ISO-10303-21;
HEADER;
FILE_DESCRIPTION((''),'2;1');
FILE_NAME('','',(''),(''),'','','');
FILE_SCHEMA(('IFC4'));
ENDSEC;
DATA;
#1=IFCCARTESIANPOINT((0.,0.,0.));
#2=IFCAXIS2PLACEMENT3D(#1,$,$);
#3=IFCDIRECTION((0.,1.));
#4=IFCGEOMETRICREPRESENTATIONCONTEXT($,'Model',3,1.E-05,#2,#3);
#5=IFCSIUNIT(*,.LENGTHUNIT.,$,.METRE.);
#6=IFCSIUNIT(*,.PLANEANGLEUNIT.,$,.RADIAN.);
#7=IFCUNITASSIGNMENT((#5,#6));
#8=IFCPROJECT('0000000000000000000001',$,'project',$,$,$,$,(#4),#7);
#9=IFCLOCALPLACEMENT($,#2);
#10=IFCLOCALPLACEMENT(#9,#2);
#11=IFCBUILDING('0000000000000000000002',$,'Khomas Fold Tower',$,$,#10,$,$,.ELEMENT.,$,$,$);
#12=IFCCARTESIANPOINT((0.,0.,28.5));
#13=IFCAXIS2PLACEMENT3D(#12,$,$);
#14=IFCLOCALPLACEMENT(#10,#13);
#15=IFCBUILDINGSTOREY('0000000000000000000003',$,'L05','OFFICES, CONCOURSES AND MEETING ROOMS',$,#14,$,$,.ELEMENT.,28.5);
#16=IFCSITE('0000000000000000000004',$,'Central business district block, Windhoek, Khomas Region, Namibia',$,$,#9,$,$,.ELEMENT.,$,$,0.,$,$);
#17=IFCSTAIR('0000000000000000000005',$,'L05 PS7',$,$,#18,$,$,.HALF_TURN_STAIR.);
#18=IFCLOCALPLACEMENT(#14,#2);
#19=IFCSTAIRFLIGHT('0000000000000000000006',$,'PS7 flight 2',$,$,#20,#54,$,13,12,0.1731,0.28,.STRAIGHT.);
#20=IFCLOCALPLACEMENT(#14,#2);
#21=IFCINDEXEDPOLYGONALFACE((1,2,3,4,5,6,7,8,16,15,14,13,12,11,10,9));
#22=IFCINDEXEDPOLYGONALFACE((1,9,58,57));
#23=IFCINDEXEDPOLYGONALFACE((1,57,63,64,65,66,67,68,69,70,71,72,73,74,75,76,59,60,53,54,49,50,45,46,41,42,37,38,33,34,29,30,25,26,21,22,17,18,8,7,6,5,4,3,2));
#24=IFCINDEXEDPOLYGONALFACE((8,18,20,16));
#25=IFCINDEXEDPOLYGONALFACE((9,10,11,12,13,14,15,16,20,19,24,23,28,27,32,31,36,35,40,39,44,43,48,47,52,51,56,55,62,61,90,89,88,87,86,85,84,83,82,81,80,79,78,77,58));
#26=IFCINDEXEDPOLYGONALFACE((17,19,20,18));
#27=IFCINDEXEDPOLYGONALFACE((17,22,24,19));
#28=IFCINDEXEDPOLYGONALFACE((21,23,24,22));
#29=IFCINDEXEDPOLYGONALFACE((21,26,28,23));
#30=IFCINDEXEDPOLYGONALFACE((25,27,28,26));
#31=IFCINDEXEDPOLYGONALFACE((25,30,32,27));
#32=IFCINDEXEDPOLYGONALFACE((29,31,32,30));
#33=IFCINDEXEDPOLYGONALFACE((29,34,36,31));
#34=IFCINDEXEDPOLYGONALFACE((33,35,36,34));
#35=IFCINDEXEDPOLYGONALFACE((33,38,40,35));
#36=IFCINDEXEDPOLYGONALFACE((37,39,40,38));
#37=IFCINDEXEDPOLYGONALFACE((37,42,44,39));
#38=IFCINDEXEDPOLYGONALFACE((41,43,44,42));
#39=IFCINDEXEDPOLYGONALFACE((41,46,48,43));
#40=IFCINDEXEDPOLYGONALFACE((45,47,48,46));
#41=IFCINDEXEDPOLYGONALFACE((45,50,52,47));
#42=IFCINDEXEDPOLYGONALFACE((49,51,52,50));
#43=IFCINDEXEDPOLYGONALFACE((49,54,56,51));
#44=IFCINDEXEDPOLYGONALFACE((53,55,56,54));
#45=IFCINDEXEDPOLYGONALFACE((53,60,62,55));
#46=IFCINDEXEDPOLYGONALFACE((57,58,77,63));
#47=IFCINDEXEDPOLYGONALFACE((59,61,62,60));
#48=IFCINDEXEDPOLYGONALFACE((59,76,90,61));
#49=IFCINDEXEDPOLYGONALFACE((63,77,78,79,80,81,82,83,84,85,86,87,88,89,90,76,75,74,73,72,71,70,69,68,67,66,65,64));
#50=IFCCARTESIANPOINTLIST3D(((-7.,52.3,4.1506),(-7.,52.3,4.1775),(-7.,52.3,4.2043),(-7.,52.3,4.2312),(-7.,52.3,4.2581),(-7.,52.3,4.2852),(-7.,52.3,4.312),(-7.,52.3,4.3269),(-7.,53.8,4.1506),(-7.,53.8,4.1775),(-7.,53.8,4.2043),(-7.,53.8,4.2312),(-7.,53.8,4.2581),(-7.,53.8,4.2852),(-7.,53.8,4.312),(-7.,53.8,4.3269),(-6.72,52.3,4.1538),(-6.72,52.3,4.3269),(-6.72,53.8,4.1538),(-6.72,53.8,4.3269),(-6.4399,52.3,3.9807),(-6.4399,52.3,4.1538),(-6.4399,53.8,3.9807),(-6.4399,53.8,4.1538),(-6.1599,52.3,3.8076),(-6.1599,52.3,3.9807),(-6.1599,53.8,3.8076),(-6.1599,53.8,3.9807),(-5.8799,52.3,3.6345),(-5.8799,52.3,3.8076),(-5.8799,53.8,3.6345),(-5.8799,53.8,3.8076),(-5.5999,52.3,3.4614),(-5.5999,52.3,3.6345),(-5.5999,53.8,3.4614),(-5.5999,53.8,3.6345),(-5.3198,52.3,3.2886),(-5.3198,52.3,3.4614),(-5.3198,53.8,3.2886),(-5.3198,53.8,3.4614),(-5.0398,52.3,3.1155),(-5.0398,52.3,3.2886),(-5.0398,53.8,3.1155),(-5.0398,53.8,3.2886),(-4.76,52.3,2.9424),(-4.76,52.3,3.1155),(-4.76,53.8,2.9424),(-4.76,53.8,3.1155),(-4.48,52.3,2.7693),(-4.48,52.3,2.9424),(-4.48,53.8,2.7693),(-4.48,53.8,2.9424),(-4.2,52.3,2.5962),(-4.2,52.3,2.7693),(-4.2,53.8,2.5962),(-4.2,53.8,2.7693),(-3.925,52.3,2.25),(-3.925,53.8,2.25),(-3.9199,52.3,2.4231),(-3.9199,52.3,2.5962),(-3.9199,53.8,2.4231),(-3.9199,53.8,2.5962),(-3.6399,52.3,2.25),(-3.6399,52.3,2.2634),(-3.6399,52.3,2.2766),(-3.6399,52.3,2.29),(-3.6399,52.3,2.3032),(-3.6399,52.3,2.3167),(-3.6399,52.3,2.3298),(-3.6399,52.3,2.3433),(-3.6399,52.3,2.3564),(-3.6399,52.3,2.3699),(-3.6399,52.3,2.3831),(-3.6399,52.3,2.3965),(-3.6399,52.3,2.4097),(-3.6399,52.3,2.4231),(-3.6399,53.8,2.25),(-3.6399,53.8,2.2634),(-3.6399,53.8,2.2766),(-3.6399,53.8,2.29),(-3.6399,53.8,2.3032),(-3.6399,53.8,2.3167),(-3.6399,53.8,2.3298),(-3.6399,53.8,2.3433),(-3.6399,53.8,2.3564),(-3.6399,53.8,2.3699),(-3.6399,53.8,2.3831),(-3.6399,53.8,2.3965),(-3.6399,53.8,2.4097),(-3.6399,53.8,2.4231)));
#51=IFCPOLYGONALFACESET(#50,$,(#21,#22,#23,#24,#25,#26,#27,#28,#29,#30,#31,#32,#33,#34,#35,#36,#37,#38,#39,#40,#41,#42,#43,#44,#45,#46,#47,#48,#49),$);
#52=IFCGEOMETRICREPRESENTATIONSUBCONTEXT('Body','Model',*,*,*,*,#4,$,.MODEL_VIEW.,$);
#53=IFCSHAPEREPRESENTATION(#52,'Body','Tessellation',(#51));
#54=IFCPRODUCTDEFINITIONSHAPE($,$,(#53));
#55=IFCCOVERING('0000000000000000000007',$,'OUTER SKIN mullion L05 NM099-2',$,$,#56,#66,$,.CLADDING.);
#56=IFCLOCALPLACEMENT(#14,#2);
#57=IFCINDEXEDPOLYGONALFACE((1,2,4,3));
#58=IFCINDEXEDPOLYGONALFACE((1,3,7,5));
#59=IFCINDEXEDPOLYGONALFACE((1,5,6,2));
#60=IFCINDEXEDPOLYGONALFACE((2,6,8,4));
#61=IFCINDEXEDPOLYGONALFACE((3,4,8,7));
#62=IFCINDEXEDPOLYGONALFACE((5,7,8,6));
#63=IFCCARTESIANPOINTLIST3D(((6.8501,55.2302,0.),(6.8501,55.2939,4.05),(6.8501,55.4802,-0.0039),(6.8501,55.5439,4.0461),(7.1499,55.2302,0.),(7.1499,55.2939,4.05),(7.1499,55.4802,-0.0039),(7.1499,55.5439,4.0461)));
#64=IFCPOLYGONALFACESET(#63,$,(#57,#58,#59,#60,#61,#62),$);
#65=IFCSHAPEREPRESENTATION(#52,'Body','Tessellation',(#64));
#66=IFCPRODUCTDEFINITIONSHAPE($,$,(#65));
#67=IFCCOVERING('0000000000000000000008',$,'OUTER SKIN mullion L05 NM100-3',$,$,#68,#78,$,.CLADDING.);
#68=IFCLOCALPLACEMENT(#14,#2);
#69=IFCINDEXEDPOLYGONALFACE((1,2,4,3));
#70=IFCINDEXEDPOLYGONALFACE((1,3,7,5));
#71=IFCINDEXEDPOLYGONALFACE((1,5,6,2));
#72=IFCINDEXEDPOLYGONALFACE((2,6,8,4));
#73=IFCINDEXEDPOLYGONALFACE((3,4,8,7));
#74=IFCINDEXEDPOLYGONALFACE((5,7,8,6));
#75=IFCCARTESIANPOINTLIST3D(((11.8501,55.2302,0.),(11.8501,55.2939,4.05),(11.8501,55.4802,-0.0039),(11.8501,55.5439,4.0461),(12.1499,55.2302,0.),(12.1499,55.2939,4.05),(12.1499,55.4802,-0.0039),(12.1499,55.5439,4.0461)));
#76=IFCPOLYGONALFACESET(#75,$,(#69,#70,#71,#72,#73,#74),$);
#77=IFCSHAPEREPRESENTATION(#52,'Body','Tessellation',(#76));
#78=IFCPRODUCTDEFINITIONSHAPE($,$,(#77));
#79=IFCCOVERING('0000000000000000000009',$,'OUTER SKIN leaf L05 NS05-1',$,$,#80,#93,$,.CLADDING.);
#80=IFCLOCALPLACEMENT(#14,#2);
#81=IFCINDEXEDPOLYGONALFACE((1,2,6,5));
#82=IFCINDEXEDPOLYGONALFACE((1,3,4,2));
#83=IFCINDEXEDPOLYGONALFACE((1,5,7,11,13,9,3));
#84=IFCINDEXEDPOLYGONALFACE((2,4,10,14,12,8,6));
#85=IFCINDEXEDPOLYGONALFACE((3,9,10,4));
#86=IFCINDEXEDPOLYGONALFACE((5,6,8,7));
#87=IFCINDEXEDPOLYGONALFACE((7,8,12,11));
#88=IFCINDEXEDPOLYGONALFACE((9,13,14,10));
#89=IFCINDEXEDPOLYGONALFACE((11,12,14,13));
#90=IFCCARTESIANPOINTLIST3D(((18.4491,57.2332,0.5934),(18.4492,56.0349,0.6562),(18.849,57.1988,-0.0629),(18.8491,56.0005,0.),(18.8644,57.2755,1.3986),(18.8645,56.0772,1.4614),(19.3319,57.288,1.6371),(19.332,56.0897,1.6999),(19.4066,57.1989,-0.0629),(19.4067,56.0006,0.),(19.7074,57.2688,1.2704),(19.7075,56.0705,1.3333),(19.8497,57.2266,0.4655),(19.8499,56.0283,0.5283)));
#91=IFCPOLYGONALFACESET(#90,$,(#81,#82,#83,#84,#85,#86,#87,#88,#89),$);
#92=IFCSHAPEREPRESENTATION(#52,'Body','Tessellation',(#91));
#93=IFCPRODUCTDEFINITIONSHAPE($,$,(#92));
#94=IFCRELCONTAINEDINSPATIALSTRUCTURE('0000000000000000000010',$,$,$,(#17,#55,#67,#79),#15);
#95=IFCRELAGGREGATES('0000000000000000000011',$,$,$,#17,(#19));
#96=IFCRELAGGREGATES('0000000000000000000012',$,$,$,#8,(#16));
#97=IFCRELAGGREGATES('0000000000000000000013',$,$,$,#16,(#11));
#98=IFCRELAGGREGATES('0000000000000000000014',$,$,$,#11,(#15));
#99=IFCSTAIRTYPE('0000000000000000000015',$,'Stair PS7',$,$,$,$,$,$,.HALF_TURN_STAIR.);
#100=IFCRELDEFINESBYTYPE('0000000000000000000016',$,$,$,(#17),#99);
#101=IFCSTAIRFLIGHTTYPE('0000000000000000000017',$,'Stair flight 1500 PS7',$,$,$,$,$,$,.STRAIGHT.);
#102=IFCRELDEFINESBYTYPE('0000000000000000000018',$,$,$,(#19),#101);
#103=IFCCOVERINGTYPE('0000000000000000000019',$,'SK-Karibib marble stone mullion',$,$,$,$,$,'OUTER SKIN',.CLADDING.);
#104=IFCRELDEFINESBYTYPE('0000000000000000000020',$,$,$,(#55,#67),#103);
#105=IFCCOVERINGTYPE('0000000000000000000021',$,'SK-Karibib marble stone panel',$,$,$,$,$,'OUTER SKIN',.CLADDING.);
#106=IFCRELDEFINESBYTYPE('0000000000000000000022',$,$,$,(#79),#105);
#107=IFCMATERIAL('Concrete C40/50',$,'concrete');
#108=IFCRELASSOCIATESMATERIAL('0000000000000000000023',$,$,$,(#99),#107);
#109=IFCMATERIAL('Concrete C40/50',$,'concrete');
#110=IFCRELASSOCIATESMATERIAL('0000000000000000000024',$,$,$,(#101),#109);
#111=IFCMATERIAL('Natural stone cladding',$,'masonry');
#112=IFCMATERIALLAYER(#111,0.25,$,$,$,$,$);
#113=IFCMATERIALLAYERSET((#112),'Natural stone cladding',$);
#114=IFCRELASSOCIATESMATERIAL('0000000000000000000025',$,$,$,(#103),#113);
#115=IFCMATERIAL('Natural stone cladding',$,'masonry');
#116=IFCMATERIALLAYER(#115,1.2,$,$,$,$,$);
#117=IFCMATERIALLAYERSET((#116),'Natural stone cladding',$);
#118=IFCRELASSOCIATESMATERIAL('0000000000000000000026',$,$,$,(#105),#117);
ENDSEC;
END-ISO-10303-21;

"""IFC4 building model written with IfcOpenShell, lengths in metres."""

from ifc_helpers import new_model, si_unit, direction, frame, origin, place, context, subcontext, project, spatial, polyline, outline, extrude, source, transform, mapped, material, layer, layer_set, type_object, element, aggregate, save


model = new_model("IFC4")

# Units and contexts
model_context = context("Model", 3, precision=1e-05, world=origin(), true_north=direction((0.0, 1.0)))
body_context = subcontext(model_context, "Body", "Model", "MODEL_VIEW")
ifc_project = project(units=[si_unit("LENGTHUNIT", "METRE"), si_unit("PLANEANGLEUNIT", "RADIAN")], contexts=[model_context])

# Site, building, storey
site_placement = place(None, origin())
site = spatial("IfcSite", under=ifc_project, at=site_placement, Name="Central business district block, Windhoek, Khomas Region, Namibia", CompositionType="ELEMENT", RefElevation=0.0)
building_placement = place(site_placement, origin())
building = spatial("IfcBuilding", under=site, at=building_placement, Name="Khomas Fold Tower", CompositionType="ELEMENT")
storey_placement = place(building_placement, frame((0.0, 0.0, 28.5)))
storey = spatial("IfcBuildingStorey", under=building, at=storey_placement, Name="L05", Description="OFFICES, CONCOURSES AND MEETING ROOMS", CompositionType="ELEMENT", Elevation=28.5)

# Stair, stair flight
ifc_material_1 = material(Name="Concrete C40/50", Category="concrete")
stair_type = type_object("IfcStairType", Name="Stair PS7", PredefinedType="HALF_TURN_STAIR", material=ifc_material_1)
stair_placement = place(storey_placement, origin())
stair = element("IfcStair", 1, at=stair_placement, inside=storey, type_object=stair_type, Name="L05 PS7", PredefinedType="HALF_TURN_STAIR")
ifc_material_2 = material(Name="Concrete C40/50", Category="concrete")
stair_flight_type = type_object("IfcStairFlightType", Name="Stair flight 1500 PS7", PredefinedType="STRAIGHT", material=ifc_material_2)
shared_shape_1 = source(origin(), body_context, "Body", "SweptSolid", [
    extrude(outline(polyline([(0.0, 0.0), (0.0, 0.0134), (0.0, 0.0266), (0.0, 0.04), (0.0, 0.0532), (0.0, 0.0667), (0.0, 0.0798), (0.0, 0.0933), (0.0, 0.1064), (0.0, 0.1199), (0.0, 0.1331), (0.0, 0.1465), (0.0, 0.1597), (0.0, 0.1731), (0.28, 0.1731), (0.28, 0.3462), (0.5601, 0.3462), (0.5601, 0.5193), (0.8401, 0.5193), (0.8401, 0.6924), (1.1201, 0.6924), (1.1201, 0.8655), (1.3999, 0.8655), (1.3999, 1.0386), (1.6799, 1.0386), (1.6799, 1.2114), (1.96, 1.2114), (1.96, 1.3845), (2.24, 1.3845), (2.24, 1.5576), (2.52, 1.5576), (2.52, 1.7307), (2.8, 1.7307), (2.8, 1.9038), (3.0801, 1.9038), (3.0801, 2.0769), (3.3601, 2.0769), (3.3601, 2.25), (3.3601, 2.2231), (3.3601, 2.1963), (3.3601, 2.1694), (3.3601, 2.1426), (3.3601, 2.1157), (3.3601, 2.0889), (3.3601, 2.062), (3.3601, 2.0352), (3.3601, 2.0081), (3.3601, 1.9812), (3.3601, 1.9543), (3.3601, 1.9275), (3.3601, 1.9006), (0.2852, 0.0), (0.0, 0.0)])), frame((0.0, 0.75, 0.0), z_axis=(0.0, -1.0, 0.0), x_axis=(1.0, 0.0, 0.0)), (0.0, 0.0, 1.0), 1.5),
])
stair_flight_placement = place(storey_placement, frame((-3.6399, 53.05, 2.25), z_axis=(0.0, 0.0, 1.0), x_axis=(-1.0, 0.0, 0.0)))
stair_flight = element("IfcStairFlight", 2, at=stair_flight_placement, type_object=stair_flight_type, Name="PS7 flight 2", NumberOfRisers=13, NumberOfTreads=12, PredefinedType="STRAIGHT", RiserHeight=0.1731, TreadLength=0.28, context=body_context, shape_type="MappedRepresentation", body=[
    mapped(shared_shape_1, transform((0.0, 0.0, 0.0))),
])
aggregate(stair, [stair_flight])

# Coverings
ifc_material_3 = material(Name="Natural stone cladding", Category="masonry")
ifc_layer_1 = layer(ifc_material_3, 0.25)
ifc_layer_set_1 = layer_set([ifc_layer_1], Name="Natural stone cladding")
covering_type_1 = type_object("IfcCoveringType", Name="SK-Karibib marble stone mullion", ElementType="OUTER SKIN", PredefinedType="CLADDING", material=ifc_layer_set_1)
for number, where, z_axis, x_axis, name in (
    (3, (6.8501, 55.2302, 0.0), (0.0, -0.999876, 0.015731), (0.0, 0.015731, 0.999876), "OUTER SKIN mullion L05 NM099-2"),
    (4, (12.1499, 55.2939, 4.05), (0.0, -0.999876, 0.015731), (0.0, -0.015731, -0.999876), "OUTER SKIN mullion L05 NM100-3"),
):
    element("IfcCovering", number, at=place(storey_placement, frame(where, z_axis=z_axis, x_axis=x_axis)), inside=storey, type_object=covering_type_1, Name=name, PredefinedType="CLADDING", context=body_context, shape_type="SweptSolid", body=[
        extrude(outline(polyline([(0.0, 0.0), (4.0506, 0.0), (4.0506, -0.2998), (0.0, -0.2998), (0.0, 0.0)])), origin(), (0.0, 0.0, -1.0), 0.25),
    ])
ifc_material_4 = material(Name="Natural stone cladding", Category="masonry")
ifc_layer_2 = layer(ifc_material_4, 1.2)
ifc_layer_set_2 = layer_set([ifc_layer_2], Name="Natural stone cladding")
covering_type_2 = type_object("IfcCoveringType", Name="SK-Karibib marble stone panel", ElementType="OUTER SKIN", PredefinedType="CLADDING", material=ifc_layer_set_2)
covering_placement = place(storey_placement, frame((18.4492, 56.0349, 0.6562), z_axis=(0.000093, -0.998627, 0.052378), x_axis=(0.457892, 0.046607, 0.887785)))
element("IfcCovering", 5, at=covering_placement, inside=storey, type_object=covering_type_2, Name="OUTER SKIN leaf L05 NS05-1", PredefinedType="CLADDING", context=body_context, shape_type="SweptSolid", body=[
    extrude(outline(polyline([(0.0, 0.0), (0.9069, 0.0), (1.3334, -0.3063), (1.1789, -0.8082), (0.5275, -1.3038), (-0.1458, -1.1521), (-0.4011, -0.6564), (0.0, 0.0)])), origin(), (0.0, 0.0, -1.0), 1.2),
])

save(model, "model.ifc")
